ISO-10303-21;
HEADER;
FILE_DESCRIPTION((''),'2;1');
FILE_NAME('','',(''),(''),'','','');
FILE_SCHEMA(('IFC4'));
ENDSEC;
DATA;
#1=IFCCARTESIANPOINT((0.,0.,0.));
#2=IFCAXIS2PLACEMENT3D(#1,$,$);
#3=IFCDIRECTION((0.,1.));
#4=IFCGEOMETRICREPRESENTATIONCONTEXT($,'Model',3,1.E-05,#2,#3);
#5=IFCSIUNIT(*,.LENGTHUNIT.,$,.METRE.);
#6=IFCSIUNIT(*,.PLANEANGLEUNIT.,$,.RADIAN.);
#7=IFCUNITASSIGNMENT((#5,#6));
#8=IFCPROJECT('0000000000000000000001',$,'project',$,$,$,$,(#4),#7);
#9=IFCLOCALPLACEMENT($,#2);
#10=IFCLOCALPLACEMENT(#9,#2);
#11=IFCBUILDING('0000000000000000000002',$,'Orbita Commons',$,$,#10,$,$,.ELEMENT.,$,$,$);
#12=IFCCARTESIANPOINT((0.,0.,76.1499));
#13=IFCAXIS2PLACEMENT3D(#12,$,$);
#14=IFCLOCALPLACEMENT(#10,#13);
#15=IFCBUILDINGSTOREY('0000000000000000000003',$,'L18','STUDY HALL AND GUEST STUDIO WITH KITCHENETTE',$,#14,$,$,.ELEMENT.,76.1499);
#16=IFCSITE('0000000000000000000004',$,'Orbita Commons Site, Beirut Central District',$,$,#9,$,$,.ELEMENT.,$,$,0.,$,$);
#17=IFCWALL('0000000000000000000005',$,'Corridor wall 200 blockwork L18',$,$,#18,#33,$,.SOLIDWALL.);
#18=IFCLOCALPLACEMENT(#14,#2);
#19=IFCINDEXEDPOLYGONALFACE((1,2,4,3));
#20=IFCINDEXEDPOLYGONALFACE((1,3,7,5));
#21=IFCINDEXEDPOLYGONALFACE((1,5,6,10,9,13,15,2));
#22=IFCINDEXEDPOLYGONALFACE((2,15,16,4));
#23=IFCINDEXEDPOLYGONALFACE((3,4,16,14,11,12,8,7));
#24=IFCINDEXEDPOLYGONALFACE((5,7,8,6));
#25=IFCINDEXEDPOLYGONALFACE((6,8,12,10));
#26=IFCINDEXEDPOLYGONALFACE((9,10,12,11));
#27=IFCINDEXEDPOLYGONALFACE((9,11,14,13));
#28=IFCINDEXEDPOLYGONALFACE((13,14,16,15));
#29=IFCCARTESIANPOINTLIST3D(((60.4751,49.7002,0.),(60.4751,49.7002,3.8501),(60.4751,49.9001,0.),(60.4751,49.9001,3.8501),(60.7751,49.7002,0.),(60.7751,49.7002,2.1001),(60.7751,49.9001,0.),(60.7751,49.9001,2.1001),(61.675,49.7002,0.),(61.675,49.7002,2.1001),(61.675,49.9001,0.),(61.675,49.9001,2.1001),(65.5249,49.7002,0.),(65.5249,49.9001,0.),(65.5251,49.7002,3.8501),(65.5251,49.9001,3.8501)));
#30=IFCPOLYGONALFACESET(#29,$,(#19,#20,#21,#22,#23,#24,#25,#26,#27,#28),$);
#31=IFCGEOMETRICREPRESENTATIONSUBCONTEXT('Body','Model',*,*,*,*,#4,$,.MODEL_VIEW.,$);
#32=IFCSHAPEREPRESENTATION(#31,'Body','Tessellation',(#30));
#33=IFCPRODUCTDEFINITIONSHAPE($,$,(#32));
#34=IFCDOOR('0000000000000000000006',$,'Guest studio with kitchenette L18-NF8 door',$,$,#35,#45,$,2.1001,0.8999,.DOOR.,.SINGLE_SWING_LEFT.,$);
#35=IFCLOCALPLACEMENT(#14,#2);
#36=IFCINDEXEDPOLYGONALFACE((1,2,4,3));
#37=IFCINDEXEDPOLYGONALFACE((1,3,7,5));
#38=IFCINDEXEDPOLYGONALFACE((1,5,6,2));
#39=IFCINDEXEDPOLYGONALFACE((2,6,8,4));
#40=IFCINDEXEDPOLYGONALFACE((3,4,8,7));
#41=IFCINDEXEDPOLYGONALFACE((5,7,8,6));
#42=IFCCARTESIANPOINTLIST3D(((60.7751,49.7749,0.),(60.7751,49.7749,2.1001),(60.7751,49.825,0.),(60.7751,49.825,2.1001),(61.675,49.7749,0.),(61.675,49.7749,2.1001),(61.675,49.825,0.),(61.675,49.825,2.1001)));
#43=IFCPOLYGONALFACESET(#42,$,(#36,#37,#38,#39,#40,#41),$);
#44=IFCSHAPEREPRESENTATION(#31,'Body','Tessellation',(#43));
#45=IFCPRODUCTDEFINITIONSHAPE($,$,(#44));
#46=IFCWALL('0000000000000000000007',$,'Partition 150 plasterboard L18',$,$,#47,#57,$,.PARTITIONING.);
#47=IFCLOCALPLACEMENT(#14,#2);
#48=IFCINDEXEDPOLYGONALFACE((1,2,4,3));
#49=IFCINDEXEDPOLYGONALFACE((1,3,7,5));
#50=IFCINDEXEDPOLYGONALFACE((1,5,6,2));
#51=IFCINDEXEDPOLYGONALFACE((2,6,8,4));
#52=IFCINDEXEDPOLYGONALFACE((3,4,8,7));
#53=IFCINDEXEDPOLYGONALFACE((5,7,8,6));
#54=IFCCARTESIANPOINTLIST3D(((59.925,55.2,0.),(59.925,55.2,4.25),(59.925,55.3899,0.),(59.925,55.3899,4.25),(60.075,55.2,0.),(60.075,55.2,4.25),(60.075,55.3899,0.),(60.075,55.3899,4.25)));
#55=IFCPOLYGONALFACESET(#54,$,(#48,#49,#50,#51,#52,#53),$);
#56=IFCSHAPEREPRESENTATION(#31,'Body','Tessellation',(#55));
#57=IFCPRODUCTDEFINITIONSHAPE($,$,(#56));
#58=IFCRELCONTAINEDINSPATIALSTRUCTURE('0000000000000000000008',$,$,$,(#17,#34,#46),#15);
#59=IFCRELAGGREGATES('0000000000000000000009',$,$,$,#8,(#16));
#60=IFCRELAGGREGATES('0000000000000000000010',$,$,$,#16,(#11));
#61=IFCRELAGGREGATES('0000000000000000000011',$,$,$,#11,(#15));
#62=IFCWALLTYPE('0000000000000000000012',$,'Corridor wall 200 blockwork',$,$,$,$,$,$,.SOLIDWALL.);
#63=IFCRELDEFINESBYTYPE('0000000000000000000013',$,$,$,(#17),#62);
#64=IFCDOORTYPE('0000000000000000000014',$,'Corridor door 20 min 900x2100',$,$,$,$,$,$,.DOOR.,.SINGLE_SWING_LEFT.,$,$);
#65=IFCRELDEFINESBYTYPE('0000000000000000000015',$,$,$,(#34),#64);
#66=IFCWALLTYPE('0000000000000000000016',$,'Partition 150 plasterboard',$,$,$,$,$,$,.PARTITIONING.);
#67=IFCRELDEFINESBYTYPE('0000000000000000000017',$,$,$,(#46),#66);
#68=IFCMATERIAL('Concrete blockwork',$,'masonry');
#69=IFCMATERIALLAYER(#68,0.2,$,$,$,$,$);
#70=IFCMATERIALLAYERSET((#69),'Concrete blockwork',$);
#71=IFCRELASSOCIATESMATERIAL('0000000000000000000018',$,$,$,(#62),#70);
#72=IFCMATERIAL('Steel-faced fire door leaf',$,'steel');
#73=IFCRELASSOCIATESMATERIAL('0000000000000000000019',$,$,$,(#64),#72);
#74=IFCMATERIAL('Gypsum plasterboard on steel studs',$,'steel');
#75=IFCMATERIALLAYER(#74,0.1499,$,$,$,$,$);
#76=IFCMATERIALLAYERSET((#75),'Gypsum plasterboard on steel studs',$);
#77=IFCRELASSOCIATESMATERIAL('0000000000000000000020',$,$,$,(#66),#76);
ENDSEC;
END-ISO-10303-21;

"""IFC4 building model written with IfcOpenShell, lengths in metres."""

from ifc_helpers import new_model, si_unit, direction, frame, frame_2d, origin, place, context, subcontext, project, spatial, polyline, rectangle, outline, extrude, material, layer, layer_set, type_object, element, fill, save


model = new_model("IFC4")

# Units and contexts
model_context = context("Model", 3, precision=1e-05, world=origin(), true_north=direction((0.0, 1.0)))
body_context = subcontext(model_context, "Body", "Model", "MODEL_VIEW")
ifc_project = project(units=[si_unit("LENGTHUNIT", "METRE"), si_unit("PLANEANGLEUNIT", "RADIAN")], contexts=[model_context])

# Site, building, storey
site_placement = place(None, origin())
site = spatial("IfcSite", under=ifc_project, at=site_placement, Name="Orbita Commons Site, Beirut Central District", CompositionType="ELEMENT", RefElevation=0.0)
building_placement = place(site_placement, origin())
building = spatial("IfcBuilding", under=site, at=building_placement, Name="Orbita Commons", CompositionType="ELEMENT")
storey_placement = place(building_placement, frame((0.0, 0.0, 76.1499)))
storey = spatial("IfcBuildingStorey", under=building, at=storey_placement, Name="L18", Description="STUDY HALL AND GUEST STUDIO WITH KITCHENETTE", CompositionType="ELEMENT", Elevation=76.1499)

# Wall, opening, door
ifc_material_1 = material(Name="Concrete blockwork", Category="masonry")
ifc_layer_1 = layer(ifc_material_1, 0.2)
ifc_layer_set_1 = layer_set([ifc_layer_1], Name="Concrete blockwork")
wall_type_1 = type_object("IfcWallType", Name="Corridor wall 200 blockwork", PredefinedType="SOLIDWALL", material=ifc_layer_set_1)
wall_1_placement = place(storey_placement, frame((60.4751, 49.8, 0.0), z_axis=(0.0, 0.0, 1.0), x_axis=(1.0, 0.0, 0.0)))
wall_1 = element("IfcWall", 1, at=wall_1_placement, inside=storey, type_object=wall_type_1, Name="Corridor wall 200 blockwork L18", PredefinedType="SOLIDWALL", context=body_context, shape_type="SweptSolid", body=[
    extrude(outline(polyline([(0.0, 0.0), (5.0498, 0.0), (5.05, 3.8501), (0.0, 3.8501), (0.0, 0.0)])), frame((0.0, 0.1001, 0.0), z_axis=(0.0, -1.0, 0.0), x_axis=(1.0, 0.0, 0.0)), (0.0, 0.0, 1.0), 0.2),
])
opening_placement = place(wall_1_placement, frame((0.3, 0.0, 0.0)))
opening = element("IfcOpeningElement", 2, at=opening_placement, cuts=wall_1, PredefinedType="OPENING", context=body_context, shape_type="SweptSolid", body=[
    extrude(rectangle(XDim=0.8999, YDim=2.1001, at=frame_2d((0.45, 1.05))), frame((0.0, 0.1099, 0.0), z_axis=(0.0, -1.0, 0.0), x_axis=(1.0, 0.0, 0.0)), (0.0, 0.0, 1.0), 0.22),
])
ifc_material_2 = material(Name="Steel-faced fire door leaf", Category="steel")
door_type = type_object("IfcDoorType", Name="Corridor door 20 min 900x2100", OperationType="SINGLE_SWING_LEFT", PredefinedType="DOOR", material=ifc_material_2)
door_placement = place(opening_placement, origin())
door = element("IfcDoor", 3, at=door_placement, inside=storey, type_object=door_type, Name="Guest studio with kitchenette L18-NF8 door", OperationType="SINGLE_SWING_LEFT", OverallHeight=2.1001, OverallWidth=0.8999, PredefinedType="DOOR", context=body_context, shape_type="SweptSolid", body=[
    extrude(rectangle(XDim=0.8999, YDim=2.1001, at=frame_2d((0.45, 1.05))), frame((0.0, 0.0249, 0.0), z_axis=(0.0, -1.0, 0.0), x_axis=(1.0, 0.0, 0.0)), (0.0, 0.0, 1.0), 0.05),
])
fill(opening, door)

# Wall
ifc_material_3 = material(Name="Gypsum plasterboard on steel studs", Category="steel")
ifc_layer_2 = layer(ifc_material_3, 0.1499)
ifc_layer_set_2 = layer_set([ifc_layer_2], Name="Gypsum plasterboard on steel studs")
wall_type_2 = type_object("IfcWallType", Name="Partition 150 plasterboard", PredefinedType="PARTITIONING", material=ifc_layer_set_2)
wall_2_placement = place(storey_placement, frame((60.0, 55.2, 0.0), z_axis=(0.0, 0.0, 1.0), x_axis=(0.0, 1.0, 0.0)))
element("IfcWall", 4, at=wall_2_placement, inside=storey, type_object=wall_type_2, Name="Partition 150 plasterboard L18", PredefinedType="PARTITIONING", context=body_context, shape_type="SweptSolid", body=[
    extrude(rectangle(XDim=0.1899, YDim=0.1499, at=frame_2d((0.095, 0.0))), origin(), (0.0, 0.0, 1.0), 4.25),
])

save(model, "model.ifc")
